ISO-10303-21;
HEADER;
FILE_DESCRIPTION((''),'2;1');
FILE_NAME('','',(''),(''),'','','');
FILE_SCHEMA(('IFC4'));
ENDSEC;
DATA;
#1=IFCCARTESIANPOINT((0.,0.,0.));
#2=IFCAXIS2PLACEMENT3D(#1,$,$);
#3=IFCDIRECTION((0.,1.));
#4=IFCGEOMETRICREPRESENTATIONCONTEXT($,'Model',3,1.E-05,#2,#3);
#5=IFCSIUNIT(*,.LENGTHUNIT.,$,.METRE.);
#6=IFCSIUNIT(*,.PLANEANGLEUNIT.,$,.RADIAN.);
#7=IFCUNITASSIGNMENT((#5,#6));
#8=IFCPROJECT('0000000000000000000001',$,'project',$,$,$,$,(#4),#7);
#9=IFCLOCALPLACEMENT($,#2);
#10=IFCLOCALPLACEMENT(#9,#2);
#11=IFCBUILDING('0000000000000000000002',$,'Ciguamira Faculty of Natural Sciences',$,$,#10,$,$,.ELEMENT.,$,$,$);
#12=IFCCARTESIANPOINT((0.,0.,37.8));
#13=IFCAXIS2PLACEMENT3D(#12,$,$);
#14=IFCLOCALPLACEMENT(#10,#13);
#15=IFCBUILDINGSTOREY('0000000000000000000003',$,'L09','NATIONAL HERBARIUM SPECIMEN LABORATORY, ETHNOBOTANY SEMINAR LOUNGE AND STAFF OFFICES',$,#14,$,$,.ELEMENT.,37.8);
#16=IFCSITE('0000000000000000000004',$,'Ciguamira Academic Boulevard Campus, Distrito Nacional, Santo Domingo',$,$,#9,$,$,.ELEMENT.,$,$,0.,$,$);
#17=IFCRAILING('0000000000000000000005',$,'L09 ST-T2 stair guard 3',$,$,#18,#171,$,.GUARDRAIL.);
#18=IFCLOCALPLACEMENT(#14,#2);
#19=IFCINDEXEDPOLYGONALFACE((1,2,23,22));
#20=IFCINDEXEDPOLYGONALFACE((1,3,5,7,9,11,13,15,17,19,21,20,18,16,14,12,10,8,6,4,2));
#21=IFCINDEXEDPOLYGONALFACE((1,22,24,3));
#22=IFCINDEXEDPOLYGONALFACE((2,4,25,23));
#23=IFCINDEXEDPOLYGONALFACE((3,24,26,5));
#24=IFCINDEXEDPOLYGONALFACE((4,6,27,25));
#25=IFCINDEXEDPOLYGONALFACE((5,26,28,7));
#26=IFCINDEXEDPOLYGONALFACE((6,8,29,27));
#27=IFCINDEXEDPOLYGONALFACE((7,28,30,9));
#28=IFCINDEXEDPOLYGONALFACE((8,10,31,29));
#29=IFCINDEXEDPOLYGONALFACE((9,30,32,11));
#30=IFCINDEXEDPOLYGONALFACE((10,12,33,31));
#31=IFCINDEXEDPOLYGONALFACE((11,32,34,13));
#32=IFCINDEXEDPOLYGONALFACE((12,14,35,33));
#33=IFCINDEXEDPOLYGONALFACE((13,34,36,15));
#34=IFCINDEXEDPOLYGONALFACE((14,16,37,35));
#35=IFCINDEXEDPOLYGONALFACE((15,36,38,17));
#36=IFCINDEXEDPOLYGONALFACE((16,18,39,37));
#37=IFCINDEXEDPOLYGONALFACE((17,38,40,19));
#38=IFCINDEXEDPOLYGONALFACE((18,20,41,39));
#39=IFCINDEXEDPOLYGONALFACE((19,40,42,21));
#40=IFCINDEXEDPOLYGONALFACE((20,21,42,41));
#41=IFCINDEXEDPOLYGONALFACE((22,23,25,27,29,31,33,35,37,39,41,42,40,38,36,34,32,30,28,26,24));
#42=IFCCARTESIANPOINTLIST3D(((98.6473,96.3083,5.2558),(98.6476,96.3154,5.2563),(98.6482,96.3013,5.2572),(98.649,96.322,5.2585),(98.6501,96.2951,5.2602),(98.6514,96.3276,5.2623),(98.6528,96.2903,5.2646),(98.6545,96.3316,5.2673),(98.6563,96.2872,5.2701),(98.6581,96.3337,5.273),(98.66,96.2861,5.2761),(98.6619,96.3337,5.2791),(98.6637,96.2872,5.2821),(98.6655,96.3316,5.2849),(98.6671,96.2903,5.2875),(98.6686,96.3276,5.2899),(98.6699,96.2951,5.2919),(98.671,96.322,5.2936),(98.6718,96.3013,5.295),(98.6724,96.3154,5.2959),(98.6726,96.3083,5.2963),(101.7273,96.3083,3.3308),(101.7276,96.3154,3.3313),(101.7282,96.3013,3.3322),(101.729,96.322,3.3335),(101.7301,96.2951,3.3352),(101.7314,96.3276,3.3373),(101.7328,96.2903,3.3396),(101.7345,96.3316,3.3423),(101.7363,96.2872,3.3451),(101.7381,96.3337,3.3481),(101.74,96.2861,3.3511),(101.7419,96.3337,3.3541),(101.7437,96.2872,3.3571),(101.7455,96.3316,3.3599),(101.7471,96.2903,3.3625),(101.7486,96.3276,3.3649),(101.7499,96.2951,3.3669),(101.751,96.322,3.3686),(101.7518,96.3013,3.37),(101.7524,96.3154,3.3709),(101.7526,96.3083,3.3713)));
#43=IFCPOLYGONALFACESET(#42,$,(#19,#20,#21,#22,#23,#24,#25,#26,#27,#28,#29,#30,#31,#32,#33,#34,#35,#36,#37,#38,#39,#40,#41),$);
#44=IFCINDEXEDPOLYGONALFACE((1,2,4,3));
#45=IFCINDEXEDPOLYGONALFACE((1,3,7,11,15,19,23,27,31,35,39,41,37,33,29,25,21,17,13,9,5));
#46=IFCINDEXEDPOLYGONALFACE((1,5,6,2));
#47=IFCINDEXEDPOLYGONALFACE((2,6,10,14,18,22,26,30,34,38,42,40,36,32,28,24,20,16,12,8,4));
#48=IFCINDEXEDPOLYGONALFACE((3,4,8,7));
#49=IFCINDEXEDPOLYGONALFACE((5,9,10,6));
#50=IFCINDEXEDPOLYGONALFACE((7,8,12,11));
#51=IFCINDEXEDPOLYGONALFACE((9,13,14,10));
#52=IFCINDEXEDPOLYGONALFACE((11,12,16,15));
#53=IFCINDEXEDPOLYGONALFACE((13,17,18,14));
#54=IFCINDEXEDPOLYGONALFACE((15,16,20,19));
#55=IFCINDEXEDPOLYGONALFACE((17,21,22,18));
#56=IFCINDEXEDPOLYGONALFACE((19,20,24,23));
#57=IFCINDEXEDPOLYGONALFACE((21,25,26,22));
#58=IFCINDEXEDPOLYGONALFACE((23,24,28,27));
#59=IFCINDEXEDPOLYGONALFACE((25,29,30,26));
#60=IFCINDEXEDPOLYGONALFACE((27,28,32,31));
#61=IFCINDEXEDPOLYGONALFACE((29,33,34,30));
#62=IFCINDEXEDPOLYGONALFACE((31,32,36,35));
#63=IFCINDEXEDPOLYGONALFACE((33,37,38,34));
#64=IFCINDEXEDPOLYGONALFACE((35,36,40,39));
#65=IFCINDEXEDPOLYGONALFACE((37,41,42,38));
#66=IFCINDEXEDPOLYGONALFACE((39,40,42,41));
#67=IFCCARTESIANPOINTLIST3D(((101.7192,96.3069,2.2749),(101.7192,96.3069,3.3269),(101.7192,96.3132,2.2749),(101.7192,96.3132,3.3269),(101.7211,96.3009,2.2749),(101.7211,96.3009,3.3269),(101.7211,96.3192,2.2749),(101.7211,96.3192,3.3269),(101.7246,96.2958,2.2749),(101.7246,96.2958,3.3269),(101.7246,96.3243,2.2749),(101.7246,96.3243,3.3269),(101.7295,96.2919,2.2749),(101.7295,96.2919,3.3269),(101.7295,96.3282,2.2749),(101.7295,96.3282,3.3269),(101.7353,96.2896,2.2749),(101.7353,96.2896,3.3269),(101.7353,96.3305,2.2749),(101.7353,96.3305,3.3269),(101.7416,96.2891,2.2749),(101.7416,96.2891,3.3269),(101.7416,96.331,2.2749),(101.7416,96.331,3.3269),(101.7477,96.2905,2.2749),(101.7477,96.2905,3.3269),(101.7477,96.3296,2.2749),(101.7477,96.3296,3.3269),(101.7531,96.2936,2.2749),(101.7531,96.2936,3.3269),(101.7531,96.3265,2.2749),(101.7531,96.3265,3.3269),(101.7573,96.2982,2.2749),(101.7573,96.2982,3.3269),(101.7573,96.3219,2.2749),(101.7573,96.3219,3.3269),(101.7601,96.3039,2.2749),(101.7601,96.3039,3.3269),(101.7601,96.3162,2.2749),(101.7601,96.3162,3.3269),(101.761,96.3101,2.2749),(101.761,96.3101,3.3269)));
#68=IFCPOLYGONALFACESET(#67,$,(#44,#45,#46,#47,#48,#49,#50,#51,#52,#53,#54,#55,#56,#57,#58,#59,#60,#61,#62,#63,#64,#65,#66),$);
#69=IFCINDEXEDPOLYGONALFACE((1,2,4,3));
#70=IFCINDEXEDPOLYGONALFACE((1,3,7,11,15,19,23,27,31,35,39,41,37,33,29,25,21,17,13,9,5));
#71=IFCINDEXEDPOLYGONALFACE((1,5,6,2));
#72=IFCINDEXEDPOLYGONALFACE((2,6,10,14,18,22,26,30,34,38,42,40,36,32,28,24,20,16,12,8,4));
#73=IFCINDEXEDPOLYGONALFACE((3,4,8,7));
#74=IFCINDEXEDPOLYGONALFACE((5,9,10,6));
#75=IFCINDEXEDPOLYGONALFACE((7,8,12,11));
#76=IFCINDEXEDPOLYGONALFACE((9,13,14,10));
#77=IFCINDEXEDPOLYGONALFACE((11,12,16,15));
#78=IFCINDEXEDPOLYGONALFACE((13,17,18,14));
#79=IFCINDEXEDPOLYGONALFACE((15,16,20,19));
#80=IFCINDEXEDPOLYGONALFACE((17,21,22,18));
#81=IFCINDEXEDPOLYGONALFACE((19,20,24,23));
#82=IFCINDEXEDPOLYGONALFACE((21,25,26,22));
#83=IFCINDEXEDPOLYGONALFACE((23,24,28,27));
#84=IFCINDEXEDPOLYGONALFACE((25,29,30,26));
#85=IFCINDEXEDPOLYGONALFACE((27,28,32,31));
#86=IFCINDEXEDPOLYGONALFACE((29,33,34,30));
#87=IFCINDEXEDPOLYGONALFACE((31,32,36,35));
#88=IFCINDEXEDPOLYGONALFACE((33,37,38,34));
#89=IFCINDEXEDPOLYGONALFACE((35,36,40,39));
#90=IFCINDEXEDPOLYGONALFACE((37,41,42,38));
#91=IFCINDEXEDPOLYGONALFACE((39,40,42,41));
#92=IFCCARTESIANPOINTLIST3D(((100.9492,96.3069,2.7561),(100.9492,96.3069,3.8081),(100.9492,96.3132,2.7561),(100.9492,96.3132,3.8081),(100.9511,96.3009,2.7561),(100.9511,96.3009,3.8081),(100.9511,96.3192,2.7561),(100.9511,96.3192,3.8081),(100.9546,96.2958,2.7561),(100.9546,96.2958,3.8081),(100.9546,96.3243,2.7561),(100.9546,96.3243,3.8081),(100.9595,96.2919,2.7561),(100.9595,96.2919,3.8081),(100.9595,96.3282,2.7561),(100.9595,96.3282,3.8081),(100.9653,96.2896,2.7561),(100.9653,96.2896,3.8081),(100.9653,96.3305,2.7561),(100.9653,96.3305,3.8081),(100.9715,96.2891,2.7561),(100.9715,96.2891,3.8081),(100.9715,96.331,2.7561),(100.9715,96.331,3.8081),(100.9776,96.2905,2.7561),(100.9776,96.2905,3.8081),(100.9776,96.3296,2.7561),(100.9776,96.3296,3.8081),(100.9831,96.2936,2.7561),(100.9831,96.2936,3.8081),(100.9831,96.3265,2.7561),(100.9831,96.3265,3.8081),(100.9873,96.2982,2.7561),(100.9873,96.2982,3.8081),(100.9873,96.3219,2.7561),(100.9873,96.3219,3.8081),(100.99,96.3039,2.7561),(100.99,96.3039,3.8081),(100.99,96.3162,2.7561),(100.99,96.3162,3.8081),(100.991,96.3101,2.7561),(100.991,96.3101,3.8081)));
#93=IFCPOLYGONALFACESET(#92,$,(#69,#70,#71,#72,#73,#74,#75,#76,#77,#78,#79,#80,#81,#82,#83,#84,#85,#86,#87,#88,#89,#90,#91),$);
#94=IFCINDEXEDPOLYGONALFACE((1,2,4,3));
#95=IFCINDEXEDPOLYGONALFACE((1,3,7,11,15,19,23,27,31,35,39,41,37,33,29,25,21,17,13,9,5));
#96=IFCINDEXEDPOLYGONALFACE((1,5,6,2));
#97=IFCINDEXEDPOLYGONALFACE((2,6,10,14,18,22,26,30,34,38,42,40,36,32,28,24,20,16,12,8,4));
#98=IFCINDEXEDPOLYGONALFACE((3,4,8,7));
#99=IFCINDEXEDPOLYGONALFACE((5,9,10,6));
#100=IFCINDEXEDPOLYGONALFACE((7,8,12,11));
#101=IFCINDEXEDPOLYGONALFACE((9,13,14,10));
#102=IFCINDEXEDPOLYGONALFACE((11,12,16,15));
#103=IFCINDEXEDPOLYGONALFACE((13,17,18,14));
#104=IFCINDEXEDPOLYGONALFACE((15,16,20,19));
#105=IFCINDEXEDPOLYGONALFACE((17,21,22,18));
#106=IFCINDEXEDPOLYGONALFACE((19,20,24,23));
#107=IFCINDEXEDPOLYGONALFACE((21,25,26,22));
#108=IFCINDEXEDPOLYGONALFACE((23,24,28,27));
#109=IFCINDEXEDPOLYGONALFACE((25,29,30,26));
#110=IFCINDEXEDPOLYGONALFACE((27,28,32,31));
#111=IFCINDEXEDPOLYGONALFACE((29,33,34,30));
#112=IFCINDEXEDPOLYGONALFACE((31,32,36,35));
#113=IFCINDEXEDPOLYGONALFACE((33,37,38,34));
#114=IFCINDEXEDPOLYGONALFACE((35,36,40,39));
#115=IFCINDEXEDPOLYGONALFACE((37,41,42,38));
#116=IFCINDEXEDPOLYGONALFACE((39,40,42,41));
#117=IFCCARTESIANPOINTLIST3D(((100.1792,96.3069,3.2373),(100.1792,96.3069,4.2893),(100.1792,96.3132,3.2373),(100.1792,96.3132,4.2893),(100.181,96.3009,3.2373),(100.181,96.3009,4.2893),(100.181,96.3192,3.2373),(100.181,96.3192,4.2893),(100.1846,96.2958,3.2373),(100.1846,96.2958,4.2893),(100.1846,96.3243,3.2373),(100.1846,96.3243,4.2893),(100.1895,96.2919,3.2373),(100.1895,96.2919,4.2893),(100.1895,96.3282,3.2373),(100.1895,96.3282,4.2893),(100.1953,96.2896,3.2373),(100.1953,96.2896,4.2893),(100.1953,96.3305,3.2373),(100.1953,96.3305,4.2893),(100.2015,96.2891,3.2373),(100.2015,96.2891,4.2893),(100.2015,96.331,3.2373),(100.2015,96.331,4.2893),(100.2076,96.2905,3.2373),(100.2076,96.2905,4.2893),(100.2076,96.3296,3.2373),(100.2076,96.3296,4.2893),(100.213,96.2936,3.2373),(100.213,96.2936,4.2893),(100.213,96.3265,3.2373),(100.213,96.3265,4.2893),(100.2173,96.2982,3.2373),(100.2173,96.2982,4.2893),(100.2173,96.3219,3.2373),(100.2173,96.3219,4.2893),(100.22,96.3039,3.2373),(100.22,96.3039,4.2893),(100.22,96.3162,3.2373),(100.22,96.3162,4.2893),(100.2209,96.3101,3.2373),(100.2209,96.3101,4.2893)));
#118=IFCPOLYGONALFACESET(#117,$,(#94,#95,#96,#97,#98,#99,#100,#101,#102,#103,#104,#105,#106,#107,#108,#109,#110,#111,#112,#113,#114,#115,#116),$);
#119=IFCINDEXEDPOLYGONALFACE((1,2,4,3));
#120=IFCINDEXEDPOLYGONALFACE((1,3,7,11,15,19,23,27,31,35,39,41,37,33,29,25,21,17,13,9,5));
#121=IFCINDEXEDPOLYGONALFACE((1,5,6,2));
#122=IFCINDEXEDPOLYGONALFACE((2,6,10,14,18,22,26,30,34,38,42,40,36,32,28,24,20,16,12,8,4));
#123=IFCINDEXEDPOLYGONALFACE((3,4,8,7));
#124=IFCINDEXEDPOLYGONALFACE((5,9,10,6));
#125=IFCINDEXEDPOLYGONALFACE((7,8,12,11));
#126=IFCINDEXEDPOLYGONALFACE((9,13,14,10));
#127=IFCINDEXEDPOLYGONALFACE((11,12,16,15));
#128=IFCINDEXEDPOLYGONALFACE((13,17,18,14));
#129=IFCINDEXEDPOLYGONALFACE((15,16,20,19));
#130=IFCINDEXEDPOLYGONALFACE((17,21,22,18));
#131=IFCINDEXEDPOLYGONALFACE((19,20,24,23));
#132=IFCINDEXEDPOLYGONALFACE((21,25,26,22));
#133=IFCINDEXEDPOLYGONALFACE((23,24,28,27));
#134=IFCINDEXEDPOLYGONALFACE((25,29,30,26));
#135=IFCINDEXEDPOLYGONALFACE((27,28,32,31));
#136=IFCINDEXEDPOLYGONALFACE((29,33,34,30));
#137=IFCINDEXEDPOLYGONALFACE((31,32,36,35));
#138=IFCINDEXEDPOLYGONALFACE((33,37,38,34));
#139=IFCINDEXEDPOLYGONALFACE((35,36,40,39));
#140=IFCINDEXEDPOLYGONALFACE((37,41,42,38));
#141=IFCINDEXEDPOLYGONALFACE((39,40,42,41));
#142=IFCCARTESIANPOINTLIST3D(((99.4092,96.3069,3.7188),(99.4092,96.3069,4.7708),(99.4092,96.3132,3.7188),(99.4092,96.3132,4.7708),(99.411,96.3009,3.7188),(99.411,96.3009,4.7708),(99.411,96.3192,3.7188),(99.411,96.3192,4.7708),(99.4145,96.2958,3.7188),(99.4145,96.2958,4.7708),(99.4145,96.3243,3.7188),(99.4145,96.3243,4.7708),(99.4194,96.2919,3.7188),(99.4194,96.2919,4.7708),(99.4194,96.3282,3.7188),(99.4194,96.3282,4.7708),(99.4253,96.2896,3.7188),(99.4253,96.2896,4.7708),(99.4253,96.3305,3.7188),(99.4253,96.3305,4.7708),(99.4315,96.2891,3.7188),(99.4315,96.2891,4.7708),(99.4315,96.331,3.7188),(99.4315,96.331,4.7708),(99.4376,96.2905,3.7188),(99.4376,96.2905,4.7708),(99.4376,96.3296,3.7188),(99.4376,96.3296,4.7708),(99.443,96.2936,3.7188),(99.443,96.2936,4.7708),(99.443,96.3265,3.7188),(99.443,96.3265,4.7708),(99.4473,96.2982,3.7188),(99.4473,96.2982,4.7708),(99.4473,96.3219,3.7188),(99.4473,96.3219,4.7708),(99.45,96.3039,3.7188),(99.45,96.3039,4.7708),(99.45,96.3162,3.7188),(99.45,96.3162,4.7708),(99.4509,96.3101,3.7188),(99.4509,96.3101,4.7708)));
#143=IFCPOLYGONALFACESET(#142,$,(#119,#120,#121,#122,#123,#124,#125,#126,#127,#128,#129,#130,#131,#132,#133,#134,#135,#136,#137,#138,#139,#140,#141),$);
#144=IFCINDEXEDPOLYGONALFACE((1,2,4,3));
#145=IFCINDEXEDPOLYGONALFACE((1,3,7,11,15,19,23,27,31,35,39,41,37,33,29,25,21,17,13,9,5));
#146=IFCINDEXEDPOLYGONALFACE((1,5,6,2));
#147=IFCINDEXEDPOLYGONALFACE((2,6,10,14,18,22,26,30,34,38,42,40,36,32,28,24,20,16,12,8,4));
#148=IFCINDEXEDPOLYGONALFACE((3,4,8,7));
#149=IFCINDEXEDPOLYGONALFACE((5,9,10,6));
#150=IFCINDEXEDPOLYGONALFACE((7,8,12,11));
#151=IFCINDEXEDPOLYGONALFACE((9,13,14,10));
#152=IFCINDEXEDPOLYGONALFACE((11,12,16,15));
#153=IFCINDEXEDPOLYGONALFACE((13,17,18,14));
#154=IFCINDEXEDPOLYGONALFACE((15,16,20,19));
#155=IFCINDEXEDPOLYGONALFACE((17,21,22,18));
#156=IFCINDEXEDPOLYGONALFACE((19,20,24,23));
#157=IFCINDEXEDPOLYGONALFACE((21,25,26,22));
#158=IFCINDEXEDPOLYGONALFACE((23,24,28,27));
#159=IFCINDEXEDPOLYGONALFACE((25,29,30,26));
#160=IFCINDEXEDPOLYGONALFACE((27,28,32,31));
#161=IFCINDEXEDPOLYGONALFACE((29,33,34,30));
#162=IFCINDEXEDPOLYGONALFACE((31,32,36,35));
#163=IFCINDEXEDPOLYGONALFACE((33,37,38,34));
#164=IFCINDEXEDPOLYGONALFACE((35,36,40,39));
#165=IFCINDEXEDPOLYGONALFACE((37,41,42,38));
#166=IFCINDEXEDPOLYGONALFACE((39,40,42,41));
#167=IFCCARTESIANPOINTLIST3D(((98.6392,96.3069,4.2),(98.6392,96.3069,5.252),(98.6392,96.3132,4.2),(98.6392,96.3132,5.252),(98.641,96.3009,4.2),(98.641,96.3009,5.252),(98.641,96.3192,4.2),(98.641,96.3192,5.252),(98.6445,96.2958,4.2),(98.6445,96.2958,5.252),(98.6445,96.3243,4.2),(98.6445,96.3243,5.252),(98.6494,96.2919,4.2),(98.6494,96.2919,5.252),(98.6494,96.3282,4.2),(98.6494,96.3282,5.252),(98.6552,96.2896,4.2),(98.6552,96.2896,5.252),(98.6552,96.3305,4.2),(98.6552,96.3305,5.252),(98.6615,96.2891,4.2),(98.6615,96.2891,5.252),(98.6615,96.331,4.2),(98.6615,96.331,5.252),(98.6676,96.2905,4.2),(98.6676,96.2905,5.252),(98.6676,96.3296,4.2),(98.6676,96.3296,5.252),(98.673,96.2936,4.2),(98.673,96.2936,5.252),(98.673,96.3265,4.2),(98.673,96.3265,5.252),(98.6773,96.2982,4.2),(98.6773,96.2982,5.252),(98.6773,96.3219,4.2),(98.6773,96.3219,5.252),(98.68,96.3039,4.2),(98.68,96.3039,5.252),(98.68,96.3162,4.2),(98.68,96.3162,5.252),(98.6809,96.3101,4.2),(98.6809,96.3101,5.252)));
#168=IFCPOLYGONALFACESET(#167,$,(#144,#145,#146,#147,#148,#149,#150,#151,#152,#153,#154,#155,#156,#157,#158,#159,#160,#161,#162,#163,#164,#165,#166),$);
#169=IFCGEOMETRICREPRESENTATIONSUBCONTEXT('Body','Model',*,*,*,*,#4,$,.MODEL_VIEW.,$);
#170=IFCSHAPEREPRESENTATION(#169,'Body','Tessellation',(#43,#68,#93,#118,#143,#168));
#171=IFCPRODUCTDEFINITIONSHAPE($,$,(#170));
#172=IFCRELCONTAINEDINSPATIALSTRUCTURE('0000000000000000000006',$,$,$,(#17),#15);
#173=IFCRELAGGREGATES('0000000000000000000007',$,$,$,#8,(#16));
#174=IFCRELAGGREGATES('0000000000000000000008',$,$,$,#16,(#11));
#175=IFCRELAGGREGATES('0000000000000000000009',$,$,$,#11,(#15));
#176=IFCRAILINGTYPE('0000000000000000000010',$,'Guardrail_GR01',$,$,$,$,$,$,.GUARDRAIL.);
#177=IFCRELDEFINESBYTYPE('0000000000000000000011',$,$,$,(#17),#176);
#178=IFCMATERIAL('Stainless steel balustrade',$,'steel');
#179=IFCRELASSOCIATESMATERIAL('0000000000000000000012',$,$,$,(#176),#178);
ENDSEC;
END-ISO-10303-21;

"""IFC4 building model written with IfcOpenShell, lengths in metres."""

from ifc_helpers import new_model, si_unit, direction, frame, origin, origin_2d, place, context, subcontext, project, spatial, circle, extrude, material, type_object, element, save


model = new_model("IFC4")

# Units and contexts
model_context = context("Model", 3, precision=1e-05, world=origin(), true_north=direction((0.0, 1.0)))
body_context = subcontext(model_context, "Body", "Model", "MODEL_VIEW")
ifc_project = project(units=[si_unit("LENGTHUNIT", "METRE"), si_unit("PLANEANGLEUNIT", "RADIAN")], contexts=[model_context])

# Site, building, storey
site_placement = place(None, origin())
site = spatial("IfcSite", under=ifc_project, at=site_placement, Name="Ciguamira Academic Boulevard Campus, Distrito Nacional, Santo Domingo", CompositionType="ELEMENT", RefElevation=0.0)
building_placement = place(site_placement, origin())
building = spatial("IfcBuilding", under=site, at=building_placement, Name="Ciguamira Faculty of Natural Sciences", CompositionType="ELEMENT")
storey_placement = place(building_placement, frame((0.0, 0.0, 37.8)))
storey = spatial("IfcBuildingStorey", under=building, at=storey_placement, Name="L09", Description="NATIONAL HERBARIUM SPECIMEN LABORATORY, ETHNOBOTANY SEMINAR LOUNGE AND STAFF OFFICES", CompositionType="ELEMENT", Elevation=37.8)

# Railing
ifc_material_1 = material(Name="Stainless steel balustrade", Category="steel")
railing_type = type_object("IfcRailingType", Name="Guardrail_GR01", PredefinedType="GUARDRAIL", material=ifc_material_1)
railing_1_placement = place(storey_placement, frame((101.74, 96.3101, 2.2749)))
element("IfcRailing", 1, at=railing_1_placement, inside=storey, type_object=railing_type, Name="L09 ST-T2 stair guard 3", PredefinedType="GUARDRAIL", context=body_context, shape_type="SweptSolid", body=[
    extrude(circle(Radius=0.0239, at=origin_2d()), frame((0.0, 0.0, 1.0762), z_axis=(-0.847998, 0.0, 0.529999), x_axis=(0.0, -1.0, 0.0)), (0.0, 0.0, 1.0), 3.6321),
    extrude(circle(Radius=0.021, at=origin_2d()), origin(), (0.0, 0.0, 1.0), 1.052),
    extrude(circle(Radius=0.021, at=origin_2d()), frame((-0.77, 0.0, 0.4812)), (0.0, 0.0, 1.0), 1.052),
    extrude(circle(Radius=0.021, at=origin_2d()), frame((-1.54, 0.0, 0.9624)), (0.0, 0.0, 1.0), 1.052),
    extrude(circle(Radius=0.021, at=origin_2d()), frame((-2.3101, 0.0, 1.4438)), (0.0, 0.0, 1.0), 1.052),
    extrude(circle(Radius=0.021, at=origin_2d()), frame((-3.0801, 0.0, 1.925)), (0.0, 0.0, 1.0), 1.052),
])

save(model, "model.ifc")
